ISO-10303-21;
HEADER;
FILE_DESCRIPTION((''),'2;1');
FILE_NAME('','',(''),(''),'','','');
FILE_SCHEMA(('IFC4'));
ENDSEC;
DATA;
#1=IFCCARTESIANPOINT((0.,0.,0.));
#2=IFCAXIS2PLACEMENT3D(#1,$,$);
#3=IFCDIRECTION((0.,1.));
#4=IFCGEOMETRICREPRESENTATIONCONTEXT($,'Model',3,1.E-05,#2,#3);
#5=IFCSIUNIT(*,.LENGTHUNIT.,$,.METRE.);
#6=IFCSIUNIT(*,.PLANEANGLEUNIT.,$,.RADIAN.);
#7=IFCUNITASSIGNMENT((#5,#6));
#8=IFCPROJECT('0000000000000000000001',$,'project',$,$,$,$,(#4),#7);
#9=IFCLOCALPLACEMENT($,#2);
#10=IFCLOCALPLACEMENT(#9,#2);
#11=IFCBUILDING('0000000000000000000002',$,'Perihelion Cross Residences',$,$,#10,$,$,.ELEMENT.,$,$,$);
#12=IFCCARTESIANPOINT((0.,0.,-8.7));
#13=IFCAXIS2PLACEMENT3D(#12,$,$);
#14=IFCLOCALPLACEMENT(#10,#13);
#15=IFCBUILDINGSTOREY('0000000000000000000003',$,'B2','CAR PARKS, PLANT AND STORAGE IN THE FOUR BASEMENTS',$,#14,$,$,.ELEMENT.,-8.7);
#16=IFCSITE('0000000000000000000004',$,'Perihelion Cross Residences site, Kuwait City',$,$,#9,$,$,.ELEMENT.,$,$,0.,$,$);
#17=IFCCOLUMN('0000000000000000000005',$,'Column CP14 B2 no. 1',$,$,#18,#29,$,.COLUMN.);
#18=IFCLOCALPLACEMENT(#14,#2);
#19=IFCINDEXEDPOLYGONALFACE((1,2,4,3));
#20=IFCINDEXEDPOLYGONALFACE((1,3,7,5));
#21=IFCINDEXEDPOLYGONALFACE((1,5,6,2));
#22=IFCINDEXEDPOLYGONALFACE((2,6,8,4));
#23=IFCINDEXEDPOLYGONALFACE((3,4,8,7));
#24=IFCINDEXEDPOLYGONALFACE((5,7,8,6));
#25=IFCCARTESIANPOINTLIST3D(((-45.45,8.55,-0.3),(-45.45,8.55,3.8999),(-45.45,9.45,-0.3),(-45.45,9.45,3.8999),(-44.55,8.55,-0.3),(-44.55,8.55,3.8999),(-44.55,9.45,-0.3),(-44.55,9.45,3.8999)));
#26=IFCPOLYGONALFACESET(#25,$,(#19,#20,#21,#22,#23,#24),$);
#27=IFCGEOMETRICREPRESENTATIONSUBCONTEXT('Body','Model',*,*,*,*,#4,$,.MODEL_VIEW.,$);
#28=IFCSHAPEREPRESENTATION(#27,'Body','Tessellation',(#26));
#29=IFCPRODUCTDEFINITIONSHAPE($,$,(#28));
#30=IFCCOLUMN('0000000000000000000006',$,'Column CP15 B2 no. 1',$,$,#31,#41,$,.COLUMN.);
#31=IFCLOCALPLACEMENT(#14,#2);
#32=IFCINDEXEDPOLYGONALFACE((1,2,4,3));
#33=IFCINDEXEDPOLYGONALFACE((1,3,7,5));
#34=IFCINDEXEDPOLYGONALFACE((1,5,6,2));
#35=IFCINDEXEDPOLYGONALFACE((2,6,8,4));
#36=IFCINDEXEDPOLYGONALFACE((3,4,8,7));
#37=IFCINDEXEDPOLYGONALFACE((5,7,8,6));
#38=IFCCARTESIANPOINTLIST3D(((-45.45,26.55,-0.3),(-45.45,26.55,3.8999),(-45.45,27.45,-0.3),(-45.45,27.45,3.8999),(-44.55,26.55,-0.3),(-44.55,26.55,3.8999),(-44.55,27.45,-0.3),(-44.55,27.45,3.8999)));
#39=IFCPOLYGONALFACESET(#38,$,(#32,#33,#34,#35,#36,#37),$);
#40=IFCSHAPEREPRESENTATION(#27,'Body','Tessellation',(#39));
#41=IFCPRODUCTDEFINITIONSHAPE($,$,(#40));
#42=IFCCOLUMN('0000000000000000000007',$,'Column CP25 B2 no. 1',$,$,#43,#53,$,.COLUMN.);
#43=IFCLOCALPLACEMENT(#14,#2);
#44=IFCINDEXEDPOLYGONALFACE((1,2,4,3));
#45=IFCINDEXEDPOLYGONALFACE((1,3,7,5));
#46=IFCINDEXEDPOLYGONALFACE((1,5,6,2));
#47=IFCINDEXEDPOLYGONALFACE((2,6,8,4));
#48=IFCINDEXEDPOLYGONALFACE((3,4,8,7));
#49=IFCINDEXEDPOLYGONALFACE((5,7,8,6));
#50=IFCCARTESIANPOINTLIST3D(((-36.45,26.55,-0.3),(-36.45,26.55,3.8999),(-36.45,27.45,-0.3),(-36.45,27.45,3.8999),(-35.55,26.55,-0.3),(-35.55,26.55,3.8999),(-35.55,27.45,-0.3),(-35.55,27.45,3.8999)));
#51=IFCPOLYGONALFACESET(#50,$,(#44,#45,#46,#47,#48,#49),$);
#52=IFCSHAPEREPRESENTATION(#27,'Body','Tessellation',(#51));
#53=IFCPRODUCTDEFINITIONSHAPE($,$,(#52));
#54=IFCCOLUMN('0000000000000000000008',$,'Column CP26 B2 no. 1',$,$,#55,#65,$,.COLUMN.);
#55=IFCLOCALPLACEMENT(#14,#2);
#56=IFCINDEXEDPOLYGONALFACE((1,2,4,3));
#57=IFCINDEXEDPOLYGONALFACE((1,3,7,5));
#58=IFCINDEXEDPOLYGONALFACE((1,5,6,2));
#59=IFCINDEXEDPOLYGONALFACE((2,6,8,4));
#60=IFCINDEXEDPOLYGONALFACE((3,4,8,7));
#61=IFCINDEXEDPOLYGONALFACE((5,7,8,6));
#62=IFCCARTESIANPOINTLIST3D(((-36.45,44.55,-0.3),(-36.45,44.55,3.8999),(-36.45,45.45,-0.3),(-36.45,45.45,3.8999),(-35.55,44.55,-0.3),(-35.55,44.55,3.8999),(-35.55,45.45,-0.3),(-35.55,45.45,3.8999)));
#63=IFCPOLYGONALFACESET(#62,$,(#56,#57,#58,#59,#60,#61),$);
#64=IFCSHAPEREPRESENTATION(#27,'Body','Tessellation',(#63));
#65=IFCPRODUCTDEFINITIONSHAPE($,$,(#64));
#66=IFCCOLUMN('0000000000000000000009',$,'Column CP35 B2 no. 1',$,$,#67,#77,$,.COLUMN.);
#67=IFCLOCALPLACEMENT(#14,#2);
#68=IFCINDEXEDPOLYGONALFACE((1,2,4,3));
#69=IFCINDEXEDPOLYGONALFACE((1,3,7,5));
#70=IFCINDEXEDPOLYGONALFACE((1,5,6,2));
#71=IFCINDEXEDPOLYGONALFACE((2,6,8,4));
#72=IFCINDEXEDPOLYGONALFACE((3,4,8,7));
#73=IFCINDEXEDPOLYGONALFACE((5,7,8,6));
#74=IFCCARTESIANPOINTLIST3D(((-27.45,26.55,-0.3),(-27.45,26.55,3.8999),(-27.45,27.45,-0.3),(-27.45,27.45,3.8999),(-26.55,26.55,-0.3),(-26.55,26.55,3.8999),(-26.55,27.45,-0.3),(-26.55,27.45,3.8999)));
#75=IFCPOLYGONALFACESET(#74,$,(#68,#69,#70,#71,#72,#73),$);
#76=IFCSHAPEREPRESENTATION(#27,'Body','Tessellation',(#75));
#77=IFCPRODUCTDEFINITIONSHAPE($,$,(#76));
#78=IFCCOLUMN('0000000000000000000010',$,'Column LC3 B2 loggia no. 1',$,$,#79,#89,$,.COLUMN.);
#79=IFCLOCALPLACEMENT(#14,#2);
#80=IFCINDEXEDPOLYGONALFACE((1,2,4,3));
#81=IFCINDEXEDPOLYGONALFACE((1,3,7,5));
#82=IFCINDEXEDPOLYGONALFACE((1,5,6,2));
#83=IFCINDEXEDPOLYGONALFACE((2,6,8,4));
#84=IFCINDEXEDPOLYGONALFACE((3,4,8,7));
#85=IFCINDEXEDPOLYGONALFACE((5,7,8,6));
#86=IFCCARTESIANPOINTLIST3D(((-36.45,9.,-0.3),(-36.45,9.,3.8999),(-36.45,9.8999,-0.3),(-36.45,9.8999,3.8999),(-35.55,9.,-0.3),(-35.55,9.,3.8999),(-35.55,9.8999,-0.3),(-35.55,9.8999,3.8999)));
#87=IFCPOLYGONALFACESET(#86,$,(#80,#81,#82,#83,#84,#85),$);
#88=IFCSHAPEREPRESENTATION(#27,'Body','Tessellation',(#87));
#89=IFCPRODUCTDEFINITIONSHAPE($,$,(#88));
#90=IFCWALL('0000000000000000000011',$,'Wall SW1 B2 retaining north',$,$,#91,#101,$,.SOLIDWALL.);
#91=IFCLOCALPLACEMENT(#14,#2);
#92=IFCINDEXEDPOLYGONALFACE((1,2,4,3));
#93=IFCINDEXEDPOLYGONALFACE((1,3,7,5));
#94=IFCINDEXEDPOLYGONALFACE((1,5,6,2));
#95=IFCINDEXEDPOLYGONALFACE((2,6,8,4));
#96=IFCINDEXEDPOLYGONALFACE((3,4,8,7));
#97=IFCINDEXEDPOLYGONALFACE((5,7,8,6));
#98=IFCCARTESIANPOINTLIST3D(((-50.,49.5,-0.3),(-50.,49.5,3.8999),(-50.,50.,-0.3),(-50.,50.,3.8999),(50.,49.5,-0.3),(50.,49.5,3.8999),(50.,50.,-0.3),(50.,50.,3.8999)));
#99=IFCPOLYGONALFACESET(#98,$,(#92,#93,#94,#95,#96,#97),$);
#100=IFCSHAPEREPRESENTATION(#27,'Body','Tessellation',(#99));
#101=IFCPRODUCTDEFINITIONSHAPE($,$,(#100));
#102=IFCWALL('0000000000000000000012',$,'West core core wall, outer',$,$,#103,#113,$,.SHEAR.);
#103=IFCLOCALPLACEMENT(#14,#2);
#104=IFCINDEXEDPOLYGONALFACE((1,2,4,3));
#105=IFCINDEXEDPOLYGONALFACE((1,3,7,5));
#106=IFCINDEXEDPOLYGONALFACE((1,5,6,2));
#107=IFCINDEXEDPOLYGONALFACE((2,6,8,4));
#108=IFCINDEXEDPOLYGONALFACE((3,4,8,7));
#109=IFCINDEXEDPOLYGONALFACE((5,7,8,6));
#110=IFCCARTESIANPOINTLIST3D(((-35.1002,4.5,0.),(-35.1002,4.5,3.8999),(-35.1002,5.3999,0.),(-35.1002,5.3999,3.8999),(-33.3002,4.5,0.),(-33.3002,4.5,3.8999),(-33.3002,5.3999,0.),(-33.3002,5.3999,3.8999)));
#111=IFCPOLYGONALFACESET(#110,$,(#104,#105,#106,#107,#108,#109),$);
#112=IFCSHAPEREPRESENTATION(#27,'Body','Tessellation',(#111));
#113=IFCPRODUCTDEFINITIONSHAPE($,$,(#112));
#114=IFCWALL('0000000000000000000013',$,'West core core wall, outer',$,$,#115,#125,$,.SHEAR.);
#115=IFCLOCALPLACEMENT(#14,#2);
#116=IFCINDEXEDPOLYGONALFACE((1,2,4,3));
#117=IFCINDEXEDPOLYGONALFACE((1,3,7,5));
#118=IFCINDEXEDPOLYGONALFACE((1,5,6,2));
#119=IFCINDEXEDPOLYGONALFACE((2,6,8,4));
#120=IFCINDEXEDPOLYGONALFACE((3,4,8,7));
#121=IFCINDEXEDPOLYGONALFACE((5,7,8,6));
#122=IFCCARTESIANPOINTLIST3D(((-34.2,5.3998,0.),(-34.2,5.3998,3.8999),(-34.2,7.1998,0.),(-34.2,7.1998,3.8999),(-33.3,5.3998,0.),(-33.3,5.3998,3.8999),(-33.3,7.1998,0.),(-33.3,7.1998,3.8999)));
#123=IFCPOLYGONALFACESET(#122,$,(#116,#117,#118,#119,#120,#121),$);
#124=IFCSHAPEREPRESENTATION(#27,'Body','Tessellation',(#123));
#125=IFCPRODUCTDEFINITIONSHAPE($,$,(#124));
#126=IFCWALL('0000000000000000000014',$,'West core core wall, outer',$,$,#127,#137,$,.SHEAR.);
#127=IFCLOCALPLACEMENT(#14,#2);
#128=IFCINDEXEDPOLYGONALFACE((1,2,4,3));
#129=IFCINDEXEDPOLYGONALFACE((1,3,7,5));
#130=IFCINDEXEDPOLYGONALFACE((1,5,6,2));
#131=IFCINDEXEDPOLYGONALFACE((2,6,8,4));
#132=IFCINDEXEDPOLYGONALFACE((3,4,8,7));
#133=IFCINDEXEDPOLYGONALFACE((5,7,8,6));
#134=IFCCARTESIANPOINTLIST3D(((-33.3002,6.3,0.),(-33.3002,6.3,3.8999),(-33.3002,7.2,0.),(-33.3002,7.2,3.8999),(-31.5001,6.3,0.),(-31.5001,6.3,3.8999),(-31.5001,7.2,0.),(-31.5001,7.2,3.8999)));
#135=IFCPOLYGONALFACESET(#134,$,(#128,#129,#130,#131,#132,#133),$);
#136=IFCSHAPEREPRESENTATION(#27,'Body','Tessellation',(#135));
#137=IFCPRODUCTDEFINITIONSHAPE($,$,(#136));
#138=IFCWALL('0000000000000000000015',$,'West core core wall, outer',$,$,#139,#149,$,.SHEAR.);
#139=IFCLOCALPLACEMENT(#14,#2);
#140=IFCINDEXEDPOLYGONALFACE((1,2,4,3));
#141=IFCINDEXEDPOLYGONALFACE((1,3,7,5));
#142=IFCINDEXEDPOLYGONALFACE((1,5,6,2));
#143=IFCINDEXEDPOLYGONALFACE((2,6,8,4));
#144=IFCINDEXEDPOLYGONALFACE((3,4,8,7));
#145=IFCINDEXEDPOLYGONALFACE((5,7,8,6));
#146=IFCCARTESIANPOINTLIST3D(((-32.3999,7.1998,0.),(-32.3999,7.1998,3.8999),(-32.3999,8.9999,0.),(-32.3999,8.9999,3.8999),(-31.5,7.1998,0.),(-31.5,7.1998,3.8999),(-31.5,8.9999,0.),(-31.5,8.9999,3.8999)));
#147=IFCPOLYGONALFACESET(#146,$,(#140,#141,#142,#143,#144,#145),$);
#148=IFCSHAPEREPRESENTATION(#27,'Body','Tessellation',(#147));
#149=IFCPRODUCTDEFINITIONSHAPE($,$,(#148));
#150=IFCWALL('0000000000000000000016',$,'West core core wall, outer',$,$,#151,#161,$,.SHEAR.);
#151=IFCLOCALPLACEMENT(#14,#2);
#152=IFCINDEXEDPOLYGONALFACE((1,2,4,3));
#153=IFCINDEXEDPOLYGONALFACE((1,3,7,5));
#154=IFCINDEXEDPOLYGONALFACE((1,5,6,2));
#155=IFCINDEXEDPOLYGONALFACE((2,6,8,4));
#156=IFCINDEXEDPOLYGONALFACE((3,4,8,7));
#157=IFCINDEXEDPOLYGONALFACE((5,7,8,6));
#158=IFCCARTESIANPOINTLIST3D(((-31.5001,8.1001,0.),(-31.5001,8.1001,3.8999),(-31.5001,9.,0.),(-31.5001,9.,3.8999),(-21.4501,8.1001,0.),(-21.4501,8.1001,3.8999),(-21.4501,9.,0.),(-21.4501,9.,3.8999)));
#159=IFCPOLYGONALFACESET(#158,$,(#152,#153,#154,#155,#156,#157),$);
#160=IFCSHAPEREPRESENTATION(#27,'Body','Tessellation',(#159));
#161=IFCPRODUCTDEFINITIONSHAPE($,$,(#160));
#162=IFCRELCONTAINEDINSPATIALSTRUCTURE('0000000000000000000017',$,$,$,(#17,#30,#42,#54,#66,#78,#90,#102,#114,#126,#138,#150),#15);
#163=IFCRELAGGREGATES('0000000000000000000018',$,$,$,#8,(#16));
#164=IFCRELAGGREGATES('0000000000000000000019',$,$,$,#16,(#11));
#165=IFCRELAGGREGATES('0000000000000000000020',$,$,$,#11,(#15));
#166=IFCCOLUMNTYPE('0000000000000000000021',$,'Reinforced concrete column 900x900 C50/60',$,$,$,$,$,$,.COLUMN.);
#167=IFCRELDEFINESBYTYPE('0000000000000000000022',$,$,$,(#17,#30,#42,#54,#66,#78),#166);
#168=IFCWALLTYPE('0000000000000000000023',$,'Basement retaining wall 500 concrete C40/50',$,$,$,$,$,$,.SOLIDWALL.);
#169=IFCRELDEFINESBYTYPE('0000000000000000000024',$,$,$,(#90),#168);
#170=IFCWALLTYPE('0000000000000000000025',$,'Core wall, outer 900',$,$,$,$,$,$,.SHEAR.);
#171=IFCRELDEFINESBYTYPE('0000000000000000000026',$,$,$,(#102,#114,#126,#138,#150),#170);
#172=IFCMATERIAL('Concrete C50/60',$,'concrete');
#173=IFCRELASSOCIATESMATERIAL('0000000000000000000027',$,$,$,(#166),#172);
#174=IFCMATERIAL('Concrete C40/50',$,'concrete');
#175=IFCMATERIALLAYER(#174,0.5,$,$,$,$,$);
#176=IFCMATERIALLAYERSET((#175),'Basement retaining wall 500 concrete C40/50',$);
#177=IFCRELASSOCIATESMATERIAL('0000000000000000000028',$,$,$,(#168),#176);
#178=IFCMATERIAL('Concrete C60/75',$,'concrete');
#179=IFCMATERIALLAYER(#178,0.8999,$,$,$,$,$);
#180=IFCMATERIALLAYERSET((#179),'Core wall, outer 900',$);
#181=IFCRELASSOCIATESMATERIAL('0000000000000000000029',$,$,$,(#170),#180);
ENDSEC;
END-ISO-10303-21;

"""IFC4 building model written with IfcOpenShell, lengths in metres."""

from ifc_helpers import new_model, si_unit, direction, frame, frame_2d, origin, origin_2d, place, context, subcontext, project, spatial, rectangle, extrude, material, layer, layer_set, material_profile, profile_set, type_object, element, save


model = new_model("IFC4")

# Units and contexts
model_context = context("Model", 3, precision=1e-05, world=origin(), true_north=direction((0.0, 1.0)))
body_context = subcontext(model_context, "Body", "Model", "MODEL_VIEW")
ifc_project = project(units=[si_unit("LENGTHUNIT", "METRE"), si_unit("PLANEANGLEUNIT", "RADIAN")], contexts=[model_context])

# Site, building, storey
site_placement = place(None, origin())
site = spatial("IfcSite", under=ifc_project, at=site_placement, Name="Perihelion Cross Residences site, Kuwait City", CompositionType="ELEMENT", RefElevation=0.0)
building_placement = place(site_placement, origin())
building = spatial("IfcBuilding", under=site, at=building_placement, Name="Perihelion Cross Residences", CompositionType="ELEMENT")
storey_placement = place(building_placement, frame((0.0, 0.0, -8.7)))
storey = spatial("IfcBuildingStorey", under=building, at=storey_placement, Name="B2", Description="CAR PARKS, PLANT AND STORAGE IN THE FOUR BASEMENTS", CompositionType="ELEMENT", Elevation=-8.7)

# Columns
ifc_material_1 = material(Name="Concrete C50/60", Category="concrete")
ifc_material_profile = material_profile(ifc_material_1, rectangle(XDim=0.8999, YDim=0.8999, at=origin_2d()), Name="RC 900x900")
ifc_profile_set = profile_set([ifc_material_profile], Name="Concrete C50/60")
column_type = type_object("IfcColumnType", Name="Reinforced concrete column 900x900 C50/60", PredefinedType="COLUMN", material=ifc_profile_set)
for number, where, z_axis, x_axis, name in (
    (1, (-45.0, 9.0, -0.3), (0.0, 0.0, 1.0), (1.0, 0.0, 0.0), "Column CP14 B2 no. 1"),
    (2, (-45.0, 27.0, -0.3), (0.0, 0.0, 1.0), (1.0, 0.0, 0.0), "Column CP15 B2 no. 1"),
    (3, (-36.0, 27.0, -0.3), (0.0, 0.0, 1.0), (1.0, 0.0, 0.0), "Column CP25 B2 no. 1"),
    (4, (-36.0, 45.0, -0.3), (0.0, 0.0, 1.0), (1.0, 0.0, 0.0), "Column CP26 B2 no. 1"),
    (5, (-27.0, 27.0, -0.3), (0.0, 0.0, 1.0), (1.0, 0.0, 0.0), "Column CP35 B2 no. 1"),
    (6, (-36.0, 9.45, -0.3), (0.0, 0.0, 1.0), (1.0, 0.0, 0.0), "Column LC3 B2 loggia no. 1"),
):
    element("IfcColumn", number, at=place(storey_placement, frame(where, z_axis=z_axis, x_axis=x_axis)), inside=storey, type_object=column_type, Name=name, PredefinedType="COLUMN", context=body_context, shape_type="SweptSolid", body=[
        extrude(rectangle(XDim=0.8999, YDim=0.8999, at=origin_2d()), origin(), (0.0, 0.0, 1.0), 4.2),
    ])

# Walls
ifc_material_2 = material(Name="Concrete C40/50", Category="concrete")
ifc_layer_1 = layer(ifc_material_2, 0.5)
ifc_layer_set_1 = layer_set([ifc_layer_1], Name="Basement retaining wall 500 concrete C40/50")
wall_type_1 = type_object("IfcWallType", Name="Basement retaining wall 500 concrete C40/50", PredefinedType="SOLIDWALL", material=ifc_layer_set_1)
wall_1_placement = place(storey_placement, frame((-50.0, 49.75, -0.3), z_axis=(0.0, 0.0, 1.0), x_axis=(1.0, 0.0, 0.0)))
element("IfcWall", 7, at=wall_1_placement, inside=storey, type_object=wall_type_1, Name="Wall SW1 B2 retaining north", PredefinedType="SOLIDWALL", context=body_context, shape_type="SweptSolid", body=[
    extrude(rectangle(XDim=100.0, YDim=0.5, at=frame_2d((50.0, 0.0))), origin(), (0.0, 0.0, 1.0), 4.2),
])
ifc_material_3 = material(Name="Concrete C60/75", Category="concrete")
ifc_layer_2 = layer(ifc_material_3, 0.8999)
ifc_layer_set_2 = layer_set([ifc_layer_2], Name="Core wall, outer 900")
wall_type_2 = type_object("IfcWallType", Name="Core wall, outer 900", PredefinedType="SHEAR", material=ifc_layer_set_2)
for number, where, z_axis, x_axis, name in (
    (8, (-35.1001, 4.95, 0.0), (0.0, 0.0, 1.0), (1.0, 0.0, 0.0), "West core core wall, outer"),
    (9, (-33.75, 5.3999, 0.0), (0.0, 0.0, 1.0), (0.0, 1.0, 0.0), "West core core wall, outer"),
    (10, (-33.3, 6.75, 0.0), (0.0, 0.0, 1.0), (1.0, 0.0, 0.0), "West core core wall, outer"),
    (11, (-31.95, 7.2, 0.0), (0.0, 0.0, 1.0), (0.0, 1.0, 0.0), "West core core wall, outer"),
):
    element("IfcWall", number, at=place(storey_placement, frame(where, z_axis=z_axis, x_axis=x_axis)), inside=storey, type_object=wall_type_2, Name=name, PredefinedType="SHEAR", context=body_context, shape_type="SweptSolid", body=[
        extrude(rectangle(XDim=1.8, YDim=0.8999, at=frame_2d((0.8999, 0.0))), origin(), (0.0, 0.0, 1.0), 3.8999),
    ])
wall_2_placement = place(storey_placement, frame((-31.5, 8.55, 0.0), z_axis=(0.0, 0.0, 1.0), x_axis=(1.0, 0.0, 0.0)))
element("IfcWall", 12, at=wall_2_placement, inside=storey, type_object=wall_type_2, Name="West core core wall, outer", PredefinedType="SHEAR", context=body_context, shape_type="SweptSolid", body=[
    extrude(rectangle(XDim=10.05, YDim=0.8999, at=frame_2d((5.0249, 0.0))), origin(), (0.0, 0.0, 1.0), 3.8999),
])

save(model, "model.ifc")
